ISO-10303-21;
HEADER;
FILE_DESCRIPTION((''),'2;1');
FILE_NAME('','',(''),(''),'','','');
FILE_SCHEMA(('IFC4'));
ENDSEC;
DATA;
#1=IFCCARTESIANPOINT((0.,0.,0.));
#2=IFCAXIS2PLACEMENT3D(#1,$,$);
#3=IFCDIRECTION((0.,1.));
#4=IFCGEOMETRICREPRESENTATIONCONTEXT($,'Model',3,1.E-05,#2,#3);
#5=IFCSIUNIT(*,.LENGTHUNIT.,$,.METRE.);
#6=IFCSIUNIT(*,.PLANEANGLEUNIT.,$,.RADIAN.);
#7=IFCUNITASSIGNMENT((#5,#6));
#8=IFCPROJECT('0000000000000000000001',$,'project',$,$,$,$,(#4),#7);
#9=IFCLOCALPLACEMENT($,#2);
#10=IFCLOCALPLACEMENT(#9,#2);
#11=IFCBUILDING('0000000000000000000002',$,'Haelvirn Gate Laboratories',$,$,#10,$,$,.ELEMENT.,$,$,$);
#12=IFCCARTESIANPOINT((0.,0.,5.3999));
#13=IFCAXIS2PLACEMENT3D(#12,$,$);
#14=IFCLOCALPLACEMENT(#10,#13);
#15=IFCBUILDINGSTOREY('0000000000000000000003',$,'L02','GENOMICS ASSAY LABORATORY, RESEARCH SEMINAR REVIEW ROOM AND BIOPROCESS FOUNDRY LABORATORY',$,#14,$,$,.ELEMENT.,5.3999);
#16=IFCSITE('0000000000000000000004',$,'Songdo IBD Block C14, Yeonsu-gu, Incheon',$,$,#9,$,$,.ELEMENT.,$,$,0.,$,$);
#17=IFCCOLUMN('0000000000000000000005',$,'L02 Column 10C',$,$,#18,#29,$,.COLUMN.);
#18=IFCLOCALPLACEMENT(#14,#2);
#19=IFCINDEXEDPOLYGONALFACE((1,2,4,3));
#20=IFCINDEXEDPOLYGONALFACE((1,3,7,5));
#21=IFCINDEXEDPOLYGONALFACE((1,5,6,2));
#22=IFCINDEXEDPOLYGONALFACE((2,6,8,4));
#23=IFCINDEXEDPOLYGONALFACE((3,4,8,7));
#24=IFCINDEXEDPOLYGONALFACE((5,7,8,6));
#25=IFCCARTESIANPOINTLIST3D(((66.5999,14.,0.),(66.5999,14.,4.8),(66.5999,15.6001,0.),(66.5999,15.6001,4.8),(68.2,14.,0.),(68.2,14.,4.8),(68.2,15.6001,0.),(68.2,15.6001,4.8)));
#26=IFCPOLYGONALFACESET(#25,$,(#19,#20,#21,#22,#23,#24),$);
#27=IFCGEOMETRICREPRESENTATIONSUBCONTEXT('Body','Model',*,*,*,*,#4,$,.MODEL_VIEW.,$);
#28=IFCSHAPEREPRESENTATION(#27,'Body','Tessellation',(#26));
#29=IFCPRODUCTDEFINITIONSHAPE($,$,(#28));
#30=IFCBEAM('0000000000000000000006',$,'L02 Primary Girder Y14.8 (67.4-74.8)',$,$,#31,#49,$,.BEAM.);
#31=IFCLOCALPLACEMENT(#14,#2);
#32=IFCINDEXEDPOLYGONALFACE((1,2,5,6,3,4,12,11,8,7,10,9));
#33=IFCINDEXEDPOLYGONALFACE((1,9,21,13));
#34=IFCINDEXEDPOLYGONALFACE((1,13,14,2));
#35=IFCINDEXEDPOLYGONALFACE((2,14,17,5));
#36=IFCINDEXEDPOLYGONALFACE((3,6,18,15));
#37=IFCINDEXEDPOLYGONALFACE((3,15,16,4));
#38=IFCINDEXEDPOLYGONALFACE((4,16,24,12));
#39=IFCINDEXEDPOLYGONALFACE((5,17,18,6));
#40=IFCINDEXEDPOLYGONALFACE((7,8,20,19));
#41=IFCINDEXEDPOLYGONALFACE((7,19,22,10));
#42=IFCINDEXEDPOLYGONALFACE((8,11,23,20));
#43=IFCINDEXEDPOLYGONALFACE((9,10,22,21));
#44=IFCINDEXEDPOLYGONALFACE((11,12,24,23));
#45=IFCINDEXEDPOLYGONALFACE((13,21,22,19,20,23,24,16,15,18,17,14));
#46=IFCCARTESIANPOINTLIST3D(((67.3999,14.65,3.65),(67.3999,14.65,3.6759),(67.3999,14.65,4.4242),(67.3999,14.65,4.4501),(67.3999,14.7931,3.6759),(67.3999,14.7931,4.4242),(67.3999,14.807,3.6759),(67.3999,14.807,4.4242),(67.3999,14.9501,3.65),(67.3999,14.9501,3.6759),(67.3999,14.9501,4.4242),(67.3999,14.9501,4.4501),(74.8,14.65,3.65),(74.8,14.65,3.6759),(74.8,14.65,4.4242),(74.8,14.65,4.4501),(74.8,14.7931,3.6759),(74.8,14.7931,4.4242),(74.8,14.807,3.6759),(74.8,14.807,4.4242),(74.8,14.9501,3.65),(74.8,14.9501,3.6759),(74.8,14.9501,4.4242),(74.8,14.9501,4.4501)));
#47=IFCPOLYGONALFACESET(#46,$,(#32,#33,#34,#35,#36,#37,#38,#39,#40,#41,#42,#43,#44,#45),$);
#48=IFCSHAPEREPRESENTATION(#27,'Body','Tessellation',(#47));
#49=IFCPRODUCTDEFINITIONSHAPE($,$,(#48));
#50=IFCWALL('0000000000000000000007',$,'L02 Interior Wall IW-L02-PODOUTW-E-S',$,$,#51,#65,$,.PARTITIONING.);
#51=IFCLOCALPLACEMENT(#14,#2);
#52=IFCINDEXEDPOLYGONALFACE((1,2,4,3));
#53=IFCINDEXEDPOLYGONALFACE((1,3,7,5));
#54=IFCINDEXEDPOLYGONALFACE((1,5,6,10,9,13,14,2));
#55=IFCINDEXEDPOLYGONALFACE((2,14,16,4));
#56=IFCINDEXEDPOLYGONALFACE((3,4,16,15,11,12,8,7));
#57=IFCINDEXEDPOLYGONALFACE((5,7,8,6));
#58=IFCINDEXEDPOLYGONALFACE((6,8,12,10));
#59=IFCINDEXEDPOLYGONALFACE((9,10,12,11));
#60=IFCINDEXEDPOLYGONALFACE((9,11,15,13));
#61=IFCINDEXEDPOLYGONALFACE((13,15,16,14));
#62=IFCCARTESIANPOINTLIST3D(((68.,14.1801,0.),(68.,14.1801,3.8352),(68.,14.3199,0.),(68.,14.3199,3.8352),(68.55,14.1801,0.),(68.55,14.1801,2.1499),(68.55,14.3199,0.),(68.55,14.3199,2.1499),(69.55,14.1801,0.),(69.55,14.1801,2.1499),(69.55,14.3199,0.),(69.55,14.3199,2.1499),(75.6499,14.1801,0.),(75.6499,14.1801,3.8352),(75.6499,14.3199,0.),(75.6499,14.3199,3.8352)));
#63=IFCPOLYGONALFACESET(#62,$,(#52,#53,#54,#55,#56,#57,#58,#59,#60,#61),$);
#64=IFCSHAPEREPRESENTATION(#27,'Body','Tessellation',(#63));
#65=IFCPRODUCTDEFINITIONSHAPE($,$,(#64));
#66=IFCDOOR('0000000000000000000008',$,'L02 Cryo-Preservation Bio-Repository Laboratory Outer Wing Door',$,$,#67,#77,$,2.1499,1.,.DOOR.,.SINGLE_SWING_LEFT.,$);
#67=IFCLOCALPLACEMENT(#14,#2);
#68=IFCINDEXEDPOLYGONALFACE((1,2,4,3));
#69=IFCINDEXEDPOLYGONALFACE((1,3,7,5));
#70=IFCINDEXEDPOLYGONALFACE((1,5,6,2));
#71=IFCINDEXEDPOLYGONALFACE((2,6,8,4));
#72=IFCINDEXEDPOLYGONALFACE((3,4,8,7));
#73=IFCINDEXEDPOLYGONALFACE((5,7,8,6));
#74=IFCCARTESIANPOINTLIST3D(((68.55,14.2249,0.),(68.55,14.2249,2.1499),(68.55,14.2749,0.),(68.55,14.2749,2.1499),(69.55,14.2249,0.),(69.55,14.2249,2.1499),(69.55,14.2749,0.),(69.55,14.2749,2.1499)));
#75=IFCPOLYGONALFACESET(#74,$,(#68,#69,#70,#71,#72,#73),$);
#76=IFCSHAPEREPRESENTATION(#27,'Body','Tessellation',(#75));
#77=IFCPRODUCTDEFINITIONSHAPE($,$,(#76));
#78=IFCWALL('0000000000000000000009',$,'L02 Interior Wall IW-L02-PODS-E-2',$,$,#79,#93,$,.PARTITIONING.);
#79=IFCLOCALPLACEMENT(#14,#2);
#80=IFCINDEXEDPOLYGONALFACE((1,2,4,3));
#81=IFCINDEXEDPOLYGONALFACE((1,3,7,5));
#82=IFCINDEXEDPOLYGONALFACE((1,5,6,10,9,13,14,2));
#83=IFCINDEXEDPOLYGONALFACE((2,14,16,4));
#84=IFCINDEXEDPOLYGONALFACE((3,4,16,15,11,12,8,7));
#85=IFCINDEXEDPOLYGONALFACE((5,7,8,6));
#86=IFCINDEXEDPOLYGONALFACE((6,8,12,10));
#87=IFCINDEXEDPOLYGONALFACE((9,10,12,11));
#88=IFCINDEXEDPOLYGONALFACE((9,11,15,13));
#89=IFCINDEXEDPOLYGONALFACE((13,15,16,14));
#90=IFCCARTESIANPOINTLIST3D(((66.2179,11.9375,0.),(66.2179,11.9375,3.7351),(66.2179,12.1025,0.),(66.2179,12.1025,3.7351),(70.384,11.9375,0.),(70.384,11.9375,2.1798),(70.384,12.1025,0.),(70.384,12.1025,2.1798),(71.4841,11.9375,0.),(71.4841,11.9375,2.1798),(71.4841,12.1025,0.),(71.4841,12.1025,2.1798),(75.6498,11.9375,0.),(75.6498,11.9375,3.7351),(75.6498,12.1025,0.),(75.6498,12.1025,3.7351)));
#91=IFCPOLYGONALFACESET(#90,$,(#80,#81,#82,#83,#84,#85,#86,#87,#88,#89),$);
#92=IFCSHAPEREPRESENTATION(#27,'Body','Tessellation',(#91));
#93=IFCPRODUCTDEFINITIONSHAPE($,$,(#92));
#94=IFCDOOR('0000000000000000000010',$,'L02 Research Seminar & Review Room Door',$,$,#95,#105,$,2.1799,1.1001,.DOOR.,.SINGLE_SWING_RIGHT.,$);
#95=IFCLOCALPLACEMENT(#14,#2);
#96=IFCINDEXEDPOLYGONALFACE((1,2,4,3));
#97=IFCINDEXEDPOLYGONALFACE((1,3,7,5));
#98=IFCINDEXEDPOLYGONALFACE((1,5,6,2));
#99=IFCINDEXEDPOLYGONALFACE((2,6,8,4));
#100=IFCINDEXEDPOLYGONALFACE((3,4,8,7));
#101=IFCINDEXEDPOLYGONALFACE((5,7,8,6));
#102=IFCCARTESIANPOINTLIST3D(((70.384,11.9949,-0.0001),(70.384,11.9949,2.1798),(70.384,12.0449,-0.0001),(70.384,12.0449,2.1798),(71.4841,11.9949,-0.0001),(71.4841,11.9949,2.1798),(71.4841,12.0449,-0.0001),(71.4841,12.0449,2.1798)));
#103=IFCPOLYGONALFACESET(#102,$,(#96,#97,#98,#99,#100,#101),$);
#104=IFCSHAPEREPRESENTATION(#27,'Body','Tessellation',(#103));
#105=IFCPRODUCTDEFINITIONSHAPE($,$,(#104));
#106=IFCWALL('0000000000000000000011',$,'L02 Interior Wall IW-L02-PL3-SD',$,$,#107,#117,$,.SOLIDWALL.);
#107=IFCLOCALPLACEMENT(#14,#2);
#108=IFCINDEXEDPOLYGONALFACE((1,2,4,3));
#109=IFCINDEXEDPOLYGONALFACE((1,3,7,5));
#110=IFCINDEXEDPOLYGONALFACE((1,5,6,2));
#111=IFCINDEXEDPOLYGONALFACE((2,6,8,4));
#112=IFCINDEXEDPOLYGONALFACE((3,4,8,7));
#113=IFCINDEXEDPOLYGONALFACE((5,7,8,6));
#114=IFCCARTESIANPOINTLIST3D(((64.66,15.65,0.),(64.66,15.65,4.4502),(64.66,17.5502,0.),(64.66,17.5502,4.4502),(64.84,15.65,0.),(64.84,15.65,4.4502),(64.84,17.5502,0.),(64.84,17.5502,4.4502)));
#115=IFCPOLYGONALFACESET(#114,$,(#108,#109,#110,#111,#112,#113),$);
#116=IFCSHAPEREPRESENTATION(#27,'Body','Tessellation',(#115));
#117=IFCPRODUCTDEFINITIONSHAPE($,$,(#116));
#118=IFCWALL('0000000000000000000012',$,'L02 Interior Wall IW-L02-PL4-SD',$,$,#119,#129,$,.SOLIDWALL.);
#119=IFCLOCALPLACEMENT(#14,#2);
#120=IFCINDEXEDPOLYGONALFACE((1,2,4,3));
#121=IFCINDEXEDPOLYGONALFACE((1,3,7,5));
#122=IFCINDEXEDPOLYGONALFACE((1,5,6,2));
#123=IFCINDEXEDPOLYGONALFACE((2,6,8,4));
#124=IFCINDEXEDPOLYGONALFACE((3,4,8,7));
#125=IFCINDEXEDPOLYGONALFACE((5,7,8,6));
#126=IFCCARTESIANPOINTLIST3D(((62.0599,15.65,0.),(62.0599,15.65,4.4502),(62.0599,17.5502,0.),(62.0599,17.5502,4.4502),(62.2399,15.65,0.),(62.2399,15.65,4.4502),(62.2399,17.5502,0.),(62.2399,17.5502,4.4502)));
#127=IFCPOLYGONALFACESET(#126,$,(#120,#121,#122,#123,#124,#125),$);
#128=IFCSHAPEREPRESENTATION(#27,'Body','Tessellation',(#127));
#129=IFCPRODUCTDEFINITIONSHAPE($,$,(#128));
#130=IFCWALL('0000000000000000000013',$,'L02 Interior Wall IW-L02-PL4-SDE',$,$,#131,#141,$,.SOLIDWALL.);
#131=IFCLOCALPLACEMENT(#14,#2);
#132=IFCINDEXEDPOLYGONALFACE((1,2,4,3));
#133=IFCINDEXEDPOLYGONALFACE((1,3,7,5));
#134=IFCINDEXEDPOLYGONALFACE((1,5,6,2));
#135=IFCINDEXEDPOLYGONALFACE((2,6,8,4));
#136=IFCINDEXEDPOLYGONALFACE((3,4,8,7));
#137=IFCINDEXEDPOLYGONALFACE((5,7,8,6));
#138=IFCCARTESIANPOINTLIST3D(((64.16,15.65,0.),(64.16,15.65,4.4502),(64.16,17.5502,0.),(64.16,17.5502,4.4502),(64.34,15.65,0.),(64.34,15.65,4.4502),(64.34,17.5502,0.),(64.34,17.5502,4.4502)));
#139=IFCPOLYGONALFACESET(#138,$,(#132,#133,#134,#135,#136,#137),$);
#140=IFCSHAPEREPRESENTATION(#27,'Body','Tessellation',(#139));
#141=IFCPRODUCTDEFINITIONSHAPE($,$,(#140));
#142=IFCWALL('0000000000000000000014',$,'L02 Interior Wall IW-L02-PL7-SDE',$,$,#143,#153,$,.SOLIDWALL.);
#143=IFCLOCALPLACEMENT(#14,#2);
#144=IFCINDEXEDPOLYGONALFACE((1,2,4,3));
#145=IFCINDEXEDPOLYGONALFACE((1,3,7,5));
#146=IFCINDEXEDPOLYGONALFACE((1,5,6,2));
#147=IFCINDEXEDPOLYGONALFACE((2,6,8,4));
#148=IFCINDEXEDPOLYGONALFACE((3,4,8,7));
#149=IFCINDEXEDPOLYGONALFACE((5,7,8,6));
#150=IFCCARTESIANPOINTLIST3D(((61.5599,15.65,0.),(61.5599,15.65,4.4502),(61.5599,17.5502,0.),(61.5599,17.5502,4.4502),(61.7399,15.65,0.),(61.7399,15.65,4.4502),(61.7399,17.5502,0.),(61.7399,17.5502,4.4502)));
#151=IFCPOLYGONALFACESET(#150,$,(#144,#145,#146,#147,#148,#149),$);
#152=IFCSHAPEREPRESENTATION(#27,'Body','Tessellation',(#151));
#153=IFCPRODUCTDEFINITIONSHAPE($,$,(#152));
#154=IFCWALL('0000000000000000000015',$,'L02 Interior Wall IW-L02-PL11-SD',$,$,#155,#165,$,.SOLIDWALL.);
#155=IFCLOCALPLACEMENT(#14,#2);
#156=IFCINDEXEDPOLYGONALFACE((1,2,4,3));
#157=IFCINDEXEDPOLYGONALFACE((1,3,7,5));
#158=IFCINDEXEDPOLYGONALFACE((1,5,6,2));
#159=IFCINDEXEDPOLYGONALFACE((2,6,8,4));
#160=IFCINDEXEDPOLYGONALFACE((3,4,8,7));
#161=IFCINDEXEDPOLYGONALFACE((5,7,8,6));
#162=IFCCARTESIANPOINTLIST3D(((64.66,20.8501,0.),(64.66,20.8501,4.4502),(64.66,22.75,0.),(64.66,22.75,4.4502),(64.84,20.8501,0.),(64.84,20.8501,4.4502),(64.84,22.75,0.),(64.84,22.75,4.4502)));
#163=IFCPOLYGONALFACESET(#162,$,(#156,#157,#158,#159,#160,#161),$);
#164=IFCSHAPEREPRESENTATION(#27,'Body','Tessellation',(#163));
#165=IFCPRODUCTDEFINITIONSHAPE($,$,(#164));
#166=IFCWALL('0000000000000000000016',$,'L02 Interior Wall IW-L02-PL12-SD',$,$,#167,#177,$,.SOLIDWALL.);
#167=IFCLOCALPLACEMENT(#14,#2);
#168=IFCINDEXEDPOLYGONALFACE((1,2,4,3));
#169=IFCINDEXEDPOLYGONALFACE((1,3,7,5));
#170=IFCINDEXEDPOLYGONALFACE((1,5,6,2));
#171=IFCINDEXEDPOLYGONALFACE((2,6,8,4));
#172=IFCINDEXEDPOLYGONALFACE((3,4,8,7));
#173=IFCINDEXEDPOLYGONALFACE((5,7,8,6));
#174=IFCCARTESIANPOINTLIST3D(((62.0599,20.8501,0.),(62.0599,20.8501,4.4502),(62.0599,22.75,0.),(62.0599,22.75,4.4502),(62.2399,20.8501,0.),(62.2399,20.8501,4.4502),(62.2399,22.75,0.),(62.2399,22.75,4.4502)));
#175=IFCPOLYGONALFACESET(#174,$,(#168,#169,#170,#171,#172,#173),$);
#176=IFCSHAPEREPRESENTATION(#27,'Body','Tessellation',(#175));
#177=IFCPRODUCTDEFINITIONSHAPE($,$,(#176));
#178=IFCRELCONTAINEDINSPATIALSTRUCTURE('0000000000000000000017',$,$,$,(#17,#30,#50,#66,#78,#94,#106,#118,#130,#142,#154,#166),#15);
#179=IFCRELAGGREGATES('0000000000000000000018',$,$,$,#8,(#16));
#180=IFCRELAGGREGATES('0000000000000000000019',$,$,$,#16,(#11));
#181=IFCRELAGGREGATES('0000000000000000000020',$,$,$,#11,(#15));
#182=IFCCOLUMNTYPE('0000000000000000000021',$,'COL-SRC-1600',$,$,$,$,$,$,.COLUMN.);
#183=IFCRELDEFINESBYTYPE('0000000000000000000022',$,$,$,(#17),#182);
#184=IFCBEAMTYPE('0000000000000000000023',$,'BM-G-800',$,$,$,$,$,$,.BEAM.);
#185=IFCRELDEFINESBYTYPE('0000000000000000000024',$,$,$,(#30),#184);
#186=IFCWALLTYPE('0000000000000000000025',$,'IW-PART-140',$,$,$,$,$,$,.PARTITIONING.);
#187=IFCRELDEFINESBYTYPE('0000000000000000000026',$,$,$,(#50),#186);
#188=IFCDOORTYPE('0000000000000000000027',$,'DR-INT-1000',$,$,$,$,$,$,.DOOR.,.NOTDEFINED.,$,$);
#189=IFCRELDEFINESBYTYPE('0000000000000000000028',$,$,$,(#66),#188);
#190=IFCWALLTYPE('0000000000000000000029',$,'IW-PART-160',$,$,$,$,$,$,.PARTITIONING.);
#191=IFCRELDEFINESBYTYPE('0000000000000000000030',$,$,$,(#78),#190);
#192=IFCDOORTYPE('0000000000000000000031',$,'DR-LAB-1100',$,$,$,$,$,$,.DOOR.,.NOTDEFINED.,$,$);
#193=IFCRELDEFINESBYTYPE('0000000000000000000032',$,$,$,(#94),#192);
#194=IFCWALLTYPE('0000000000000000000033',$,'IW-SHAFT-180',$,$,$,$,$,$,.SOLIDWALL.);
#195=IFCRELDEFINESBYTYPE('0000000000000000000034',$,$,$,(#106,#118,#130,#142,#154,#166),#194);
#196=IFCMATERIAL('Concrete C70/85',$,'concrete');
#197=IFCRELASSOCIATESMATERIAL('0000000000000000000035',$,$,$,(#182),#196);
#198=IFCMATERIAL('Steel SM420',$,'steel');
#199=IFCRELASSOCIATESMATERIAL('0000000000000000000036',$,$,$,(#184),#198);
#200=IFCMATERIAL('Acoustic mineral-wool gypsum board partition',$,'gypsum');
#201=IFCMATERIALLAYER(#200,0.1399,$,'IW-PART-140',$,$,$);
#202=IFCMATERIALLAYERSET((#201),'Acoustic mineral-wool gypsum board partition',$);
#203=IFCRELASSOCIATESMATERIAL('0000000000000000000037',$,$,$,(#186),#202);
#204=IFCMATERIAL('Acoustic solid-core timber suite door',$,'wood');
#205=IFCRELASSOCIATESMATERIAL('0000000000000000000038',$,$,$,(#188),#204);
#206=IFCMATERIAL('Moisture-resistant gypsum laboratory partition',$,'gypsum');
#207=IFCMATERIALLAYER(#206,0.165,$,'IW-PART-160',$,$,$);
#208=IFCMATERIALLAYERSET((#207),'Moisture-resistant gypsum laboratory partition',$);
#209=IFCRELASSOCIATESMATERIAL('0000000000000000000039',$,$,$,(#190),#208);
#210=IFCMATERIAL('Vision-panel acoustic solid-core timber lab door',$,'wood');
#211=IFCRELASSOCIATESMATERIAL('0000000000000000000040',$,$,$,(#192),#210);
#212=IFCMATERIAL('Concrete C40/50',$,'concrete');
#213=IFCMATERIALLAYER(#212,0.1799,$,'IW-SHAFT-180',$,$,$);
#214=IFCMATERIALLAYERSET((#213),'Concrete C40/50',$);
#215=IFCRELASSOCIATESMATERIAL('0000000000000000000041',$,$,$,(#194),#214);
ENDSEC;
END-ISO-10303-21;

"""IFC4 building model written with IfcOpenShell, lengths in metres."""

from ifc_helpers import new_model, si_unit, direction, frame, frame_2d, origin, origin_2d, place, context, subcontext, project, spatial, rectangle, i_section, extrude, source, transform, mapped, material, layer, layer_set, material_profile, profile_set, type_object, type_shapes, element, fill, save


model = new_model("IFC4")

# Units and contexts
model_context = context("Model", 3, precision=1e-05, world=origin(), true_north=direction((0.0, 1.0)))
body_context = subcontext(model_context, "Body", "Model", "MODEL_VIEW")
ifc_project = project(units=[si_unit("LENGTHUNIT", "METRE"), si_unit("PLANEANGLEUNIT", "RADIAN")], contexts=[model_context])

# Site, building, storey
site_placement = place(None, origin())
site = spatial("IfcSite", under=ifc_project, at=site_placement, Name="Songdo IBD Block C14, Yeonsu-gu, Incheon", CompositionType="ELEMENT", RefElevation=0.0)
building_placement = place(site_placement, origin())
building = spatial("IfcBuilding", under=site, at=building_placement, Name="Haelvirn Gate Laboratories", CompositionType="ELEMENT")
storey_placement = place(building_placement, frame((0.0, 0.0, 5.3999)))
storey = spatial("IfcBuildingStorey", under=building, at=storey_placement, Name="L02", Description="GENOMICS ASSAY LABORATORY, RESEARCH SEMINAR REVIEW ROOM AND BIOPROCESS FOUNDRY LABORATORY", CompositionType="ELEMENT", Elevation=5.3999)

# Column
ifc_material_1 = material(Name="Concrete C70/85", Category="concrete")
ifc_material_profile_1 = material_profile(ifc_material_1, rectangle(XDim=1.6001, YDim=1.6001, at=origin_2d()), Name="SRC-1600x1600")
ifc_profile_set_1 = profile_set([ifc_material_profile_1], Name="Concrete C70/85")
column_type = type_object("IfcColumnType", Name="COL-SRC-1600", PredefinedType="COLUMN", material=ifc_profile_set_1)
shared_shape_1 = source(origin(), body_context, "Body", "SweptSolid", [
    extrude(rectangle(XDim=1.6001, YDim=1.6001, at=origin_2d()), origin(), (0.0, 0.0, 1.0), 4.8),
])
type_shapes(column_type, [shared_shape_1])
column_placement = place(storey_placement, frame((67.3999, 14.8, 0.0), z_axis=(0.0, 0.0, 1.0), x_axis=(1.0, 0.0, 0.0)))
element("IfcColumn", 1, at=column_placement, inside=storey, type_object=column_type, Name="L02 Column 10C", PredefinedType="COLUMN", context=body_context, shape_type="MappedRepresentation", body=[
    mapped(shared_shape_1, transform((0.0, 0.0, 0.0), scale=1.0)),
])

# Beam
ifc_material_2 = material(Name="Steel SM420", Category="steel")
ifc_material_profile_2 = material_profile(ifc_material_2, i_section(OverallWidth=0.3, OverallDepth=0.8, WebThickness=0.0139, FlangeThickness=0.0259, at=origin_2d()), Name="H-800x300x14x26")
ifc_profile_set_2 = profile_set([ifc_material_profile_2], Name="Steel SM420")
beam_type = type_object("IfcBeamType", Name="BM-G-800", PredefinedType="BEAM", material=ifc_profile_set_2)
shared_shape_2 = source(origin(), body_context, "Body", "SweptSolid", [
    extrude(i_section(OverallWidth=0.3, OverallDepth=0.8, WebThickness=0.0139, FlangeThickness=0.0259, at=origin_2d()), origin(), (0.0, 0.0, 1.0), 7.4001),
])
type_shapes(beam_type, [shared_shape_2])
beam_placement = place(storey_placement, frame((67.3999, 14.8, 4.05), z_axis=(1.0, 0.0, 0.0), x_axis=(0.0, 1.0, 0.0)))
element("IfcBeam", 2, at=beam_placement, inside=storey, type_object=beam_type, Name="L02 Primary Girder Y14.8 (67.4-74.8)", PredefinedType="BEAM", context=body_context, shape_type="MappedRepresentation", body=[
    mapped(shared_shape_2, transform((0.0, 0.0, 0.0), scale=1.0)),
])

# Walls, openings, doors
ifc_material_3 = material(Name="Acoustic mineral-wool gypsum board partition", Category="gypsum")
ifc_layer_1 = layer(ifc_material_3, 0.1399, Name="IW-PART-140")
ifc_layer_set_1 = layer_set([ifc_layer_1], Name="Acoustic mineral-wool gypsum board partition")
wall_type_1 = type_object("IfcWallType", Name="IW-PART-140", PredefinedType="PARTITIONING", material=ifc_layer_set_1)
wall_1_placement = place(storey_placement, frame((68.0, 14.25, 0.0), z_axis=(0.0, 0.0, 1.0), x_axis=(1.0, 0.0, 0.0)))
wall_1 = element("IfcWall", 3, at=wall_1_placement, inside=storey, type_object=wall_type_1, Name="L02 Interior Wall IW-L02-PODOUTW-E-S", PredefinedType="PARTITIONING", context=body_context, shape_type="SweptSolid", body=[
    extrude(rectangle(XDim=7.6499, YDim=0.1399, at=frame_2d((3.825, 0.0))), origin(), (0.0, 0.0, 1.0), 3.8352),
])
opening_1_placement = place(wall_1_placement, frame((0.55, 0.0, 0.0)))
opening_1 = element("IfcOpeningElement", 4, at=opening_1_placement, cuts=wall_1, PredefinedType="OPENING", context=body_context, shape_type="SweptSolid", body=[
    extrude(rectangle(XDim=1.0, YDim=2.1499, at=frame_2d((0.5, 1.075))), frame((0.0, 0.0801, 0.0), z_axis=(0.0, -1.0, 0.0), x_axis=(1.0, 0.0, 0.0)), (0.0, 0.0, 1.0), 0.1599),
])
ifc_material_4 = material(Name="Acoustic solid-core timber suite door", Category="wood")
door_type_1 = type_object("IfcDoorType", Name="DR-INT-1000", OperationType="NOTDEFINED", PredefinedType="DOOR", material=ifc_material_4)
shared_shape_3 = source(origin(), body_context, "Body", "SweptSolid", [
    extrude(rectangle(XDim=1.0, YDim=2.1499, at=frame_2d((0.5, 1.075))), frame((0.0, 0.0249, 0.0), z_axis=(0.0, -1.0, 0.0), x_axis=(1.0, 0.0, 0.0)), (0.0, 0.0, 1.0), 0.05),
])
type_shapes(door_type_1, [shared_shape_3])
door_1_placement = place(opening_1_placement, origin())
door_1 = element("IfcDoor", 5, at=door_1_placement, inside=storey, type_object=door_type_1, Name="L02 Cryo-Preservation Bio-Repository Laboratory Outer Wing Door", OperationType="SINGLE_SWING_LEFT", OverallHeight=2.1499, OverallWidth=1.0, PredefinedType="DOOR", context=body_context, shape_type="MappedRepresentation", body=[
    mapped(shared_shape_3, transform((0.0, 0.0, 0.0), scale=1.0)),
])
fill(opening_1, door_1)
ifc_material_5 = material(Name="Moisture-resistant gypsum laboratory partition", Category="gypsum")
ifc_layer_2 = layer(ifc_material_5, 0.165, Name="IW-PART-160")
ifc_layer_set_2 = layer_set([ifc_layer_2], Name="Moisture-resistant gypsum laboratory partition")
wall_type_2 = type_object("IfcWallType", Name="IW-PART-160", PredefinedType="PARTITIONING", material=ifc_layer_set_2)
wall_2_placement = place(storey_placement, frame((66.218, 12.02, 0.0), z_axis=(0.0, 0.0, 1.0), x_axis=(1.0, 0.0, 0.0)))
wall_2 = element("IfcWall", 6, at=wall_2_placement, inside=storey, type_object=wall_type_2, Name="L02 Interior Wall IW-L02-PODS-E-2", PredefinedType="PARTITIONING", context=body_context, shape_type="SweptSolid", body=[
    extrude(rectangle(XDim=9.4319, YDim=0.165, at=frame_2d((4.7158, 0.0))), origin(), (0.0, 0.0, 1.0), 3.7351),
])
opening_2_placement = place(wall_2_placement, frame((4.166, 0.0, 0.0)))
opening_2 = element("IfcOpeningElement", 7, at=opening_2_placement, cuts=wall_2, PredefinedType="OPENING", context=body_context, shape_type="SweptSolid", body=[
    extrude(rectangle(XDim=1.1001, YDim=2.1799, at=frame_2d((0.55, 1.0898))), frame((0.0, 0.0925, 0.0), z_axis=(0.0, -1.0, 0.0), x_axis=(1.0, 0.0, 0.0)), (0.0, 0.0, 1.0), 0.1851),
])
ifc_material_6 = material(Name="Vision-panel acoustic solid-core timber lab door", Category="wood")
door_type_2 = type_object("IfcDoorType", Name="DR-LAB-1100", OperationType="NOTDEFINED", PredefinedType="DOOR", material=ifc_material_6)
shared_shape_4 = source(origin(), body_context, "Body", "SweptSolid", [
    extrude(rectangle(XDim=1.1001, YDim=2.1799, at=frame_2d((0.55, 1.0898))), frame((0.0, 0.0249, 0.0), z_axis=(0.0, -1.0, 0.0), x_axis=(1.0, 0.0, 0.0)), (0.0, 0.0, 1.0), 0.05),
])
type_shapes(door_type_2, [shared_shape_4])
door_2_placement = place(opening_2_placement, origin())
door_2 = element("IfcDoor", 8, at=door_2_placement, inside=storey, type_object=door_type_2, Name="L02 Research Seminar & Review Room Door", OperationType="SINGLE_SWING_RIGHT", OverallHeight=2.1799, OverallWidth=1.1001, PredefinedType="DOOR", context=body_context, shape_type="MappedRepresentation", body=[
    mapped(shared_shape_4, transform((0.0, 0.0, 0.0), scale=1.0)),
])
fill(opening_2, door_2)

# Walls
ifc_material_7 = material(Name="Concrete C40/50", Category="concrete")
ifc_layer_3 = layer(ifc_material_7, 0.1799, Name="IW-SHAFT-180")
ifc_layer_set_3 = layer_set([ifc_layer_3], Name="Concrete C40/50")
wall_type_3 = type_object("IfcWallType", Name="IW-SHAFT-180", PredefinedType="SOLIDWALL", material=ifc_layer_set_3)
for number, where, z_axis, x_axis, name in (
    (9, (64.75, 15.6499, 0.0), (0.0, 0.0, 1.0), (0.0, 1.0, 0.0), "L02 Interior Wall IW-L02-PL3-SD"),
    (10, (62.1499, 15.6499, 0.0), (0.0, 0.0, 1.0), (0.0, 1.0, 0.0), "L02 Interior Wall IW-L02-PL4-SD"),
    (11, (64.25, 15.6499, 0.0), (0.0, 0.0, 1.0), (0.0, 1.0, 0.0), "L02 Interior Wall IW-L02-PL4-SDE"),
    (12, (61.6499, 15.6499, 0.0), (0.0, 0.0, 1.0), (0.0, 1.0, 0.0), "L02 Interior Wall IW-L02-PL7-SDE"),
):
    element("IfcWall", number, at=place(storey_placement, frame(where, z_axis=z_axis, x_axis=x_axis)), inside=storey, type_object=wall_type_3, Name=name, PredefinedType="SOLIDWALL", context=body_context, shape_type="SweptSolid", body=[
        extrude(rectangle(XDim=1.9001, YDim=0.1799, at=frame_2d((0.9502, 0.0))), origin(), (0.0, 0.0, 1.0), 4.4502),
    ])
for number, where, z_axis, x_axis, name in (
    (13, (64.75, 20.8501, 0.0), (0.0, 0.0, 1.0), (0.0, 1.0, 0.0), "L02 Interior Wall IW-L02-PL11-SD"),
    (14, (62.1499, 20.8501, 0.0), (0.0, 0.0, 1.0), (0.0, 1.0, 0.0), "L02 Interior Wall IW-L02-PL12-SD"),
):
    element("IfcWall", number, at=place(storey_placement, frame(where, z_axis=z_axis, x_axis=x_axis)), inside=storey, type_object=wall_type_3, Name=name, PredefinedType="SOLIDWALL", context=body_context, shape_type="SweptSolid", body=[
        extrude(rectangle(XDim=1.8999, YDim=0.1799, at=frame_2d((0.95, 0.0))), origin(), (0.0, 0.0, 1.0), 4.4502),
    ])

save(model, "model.ifc")
